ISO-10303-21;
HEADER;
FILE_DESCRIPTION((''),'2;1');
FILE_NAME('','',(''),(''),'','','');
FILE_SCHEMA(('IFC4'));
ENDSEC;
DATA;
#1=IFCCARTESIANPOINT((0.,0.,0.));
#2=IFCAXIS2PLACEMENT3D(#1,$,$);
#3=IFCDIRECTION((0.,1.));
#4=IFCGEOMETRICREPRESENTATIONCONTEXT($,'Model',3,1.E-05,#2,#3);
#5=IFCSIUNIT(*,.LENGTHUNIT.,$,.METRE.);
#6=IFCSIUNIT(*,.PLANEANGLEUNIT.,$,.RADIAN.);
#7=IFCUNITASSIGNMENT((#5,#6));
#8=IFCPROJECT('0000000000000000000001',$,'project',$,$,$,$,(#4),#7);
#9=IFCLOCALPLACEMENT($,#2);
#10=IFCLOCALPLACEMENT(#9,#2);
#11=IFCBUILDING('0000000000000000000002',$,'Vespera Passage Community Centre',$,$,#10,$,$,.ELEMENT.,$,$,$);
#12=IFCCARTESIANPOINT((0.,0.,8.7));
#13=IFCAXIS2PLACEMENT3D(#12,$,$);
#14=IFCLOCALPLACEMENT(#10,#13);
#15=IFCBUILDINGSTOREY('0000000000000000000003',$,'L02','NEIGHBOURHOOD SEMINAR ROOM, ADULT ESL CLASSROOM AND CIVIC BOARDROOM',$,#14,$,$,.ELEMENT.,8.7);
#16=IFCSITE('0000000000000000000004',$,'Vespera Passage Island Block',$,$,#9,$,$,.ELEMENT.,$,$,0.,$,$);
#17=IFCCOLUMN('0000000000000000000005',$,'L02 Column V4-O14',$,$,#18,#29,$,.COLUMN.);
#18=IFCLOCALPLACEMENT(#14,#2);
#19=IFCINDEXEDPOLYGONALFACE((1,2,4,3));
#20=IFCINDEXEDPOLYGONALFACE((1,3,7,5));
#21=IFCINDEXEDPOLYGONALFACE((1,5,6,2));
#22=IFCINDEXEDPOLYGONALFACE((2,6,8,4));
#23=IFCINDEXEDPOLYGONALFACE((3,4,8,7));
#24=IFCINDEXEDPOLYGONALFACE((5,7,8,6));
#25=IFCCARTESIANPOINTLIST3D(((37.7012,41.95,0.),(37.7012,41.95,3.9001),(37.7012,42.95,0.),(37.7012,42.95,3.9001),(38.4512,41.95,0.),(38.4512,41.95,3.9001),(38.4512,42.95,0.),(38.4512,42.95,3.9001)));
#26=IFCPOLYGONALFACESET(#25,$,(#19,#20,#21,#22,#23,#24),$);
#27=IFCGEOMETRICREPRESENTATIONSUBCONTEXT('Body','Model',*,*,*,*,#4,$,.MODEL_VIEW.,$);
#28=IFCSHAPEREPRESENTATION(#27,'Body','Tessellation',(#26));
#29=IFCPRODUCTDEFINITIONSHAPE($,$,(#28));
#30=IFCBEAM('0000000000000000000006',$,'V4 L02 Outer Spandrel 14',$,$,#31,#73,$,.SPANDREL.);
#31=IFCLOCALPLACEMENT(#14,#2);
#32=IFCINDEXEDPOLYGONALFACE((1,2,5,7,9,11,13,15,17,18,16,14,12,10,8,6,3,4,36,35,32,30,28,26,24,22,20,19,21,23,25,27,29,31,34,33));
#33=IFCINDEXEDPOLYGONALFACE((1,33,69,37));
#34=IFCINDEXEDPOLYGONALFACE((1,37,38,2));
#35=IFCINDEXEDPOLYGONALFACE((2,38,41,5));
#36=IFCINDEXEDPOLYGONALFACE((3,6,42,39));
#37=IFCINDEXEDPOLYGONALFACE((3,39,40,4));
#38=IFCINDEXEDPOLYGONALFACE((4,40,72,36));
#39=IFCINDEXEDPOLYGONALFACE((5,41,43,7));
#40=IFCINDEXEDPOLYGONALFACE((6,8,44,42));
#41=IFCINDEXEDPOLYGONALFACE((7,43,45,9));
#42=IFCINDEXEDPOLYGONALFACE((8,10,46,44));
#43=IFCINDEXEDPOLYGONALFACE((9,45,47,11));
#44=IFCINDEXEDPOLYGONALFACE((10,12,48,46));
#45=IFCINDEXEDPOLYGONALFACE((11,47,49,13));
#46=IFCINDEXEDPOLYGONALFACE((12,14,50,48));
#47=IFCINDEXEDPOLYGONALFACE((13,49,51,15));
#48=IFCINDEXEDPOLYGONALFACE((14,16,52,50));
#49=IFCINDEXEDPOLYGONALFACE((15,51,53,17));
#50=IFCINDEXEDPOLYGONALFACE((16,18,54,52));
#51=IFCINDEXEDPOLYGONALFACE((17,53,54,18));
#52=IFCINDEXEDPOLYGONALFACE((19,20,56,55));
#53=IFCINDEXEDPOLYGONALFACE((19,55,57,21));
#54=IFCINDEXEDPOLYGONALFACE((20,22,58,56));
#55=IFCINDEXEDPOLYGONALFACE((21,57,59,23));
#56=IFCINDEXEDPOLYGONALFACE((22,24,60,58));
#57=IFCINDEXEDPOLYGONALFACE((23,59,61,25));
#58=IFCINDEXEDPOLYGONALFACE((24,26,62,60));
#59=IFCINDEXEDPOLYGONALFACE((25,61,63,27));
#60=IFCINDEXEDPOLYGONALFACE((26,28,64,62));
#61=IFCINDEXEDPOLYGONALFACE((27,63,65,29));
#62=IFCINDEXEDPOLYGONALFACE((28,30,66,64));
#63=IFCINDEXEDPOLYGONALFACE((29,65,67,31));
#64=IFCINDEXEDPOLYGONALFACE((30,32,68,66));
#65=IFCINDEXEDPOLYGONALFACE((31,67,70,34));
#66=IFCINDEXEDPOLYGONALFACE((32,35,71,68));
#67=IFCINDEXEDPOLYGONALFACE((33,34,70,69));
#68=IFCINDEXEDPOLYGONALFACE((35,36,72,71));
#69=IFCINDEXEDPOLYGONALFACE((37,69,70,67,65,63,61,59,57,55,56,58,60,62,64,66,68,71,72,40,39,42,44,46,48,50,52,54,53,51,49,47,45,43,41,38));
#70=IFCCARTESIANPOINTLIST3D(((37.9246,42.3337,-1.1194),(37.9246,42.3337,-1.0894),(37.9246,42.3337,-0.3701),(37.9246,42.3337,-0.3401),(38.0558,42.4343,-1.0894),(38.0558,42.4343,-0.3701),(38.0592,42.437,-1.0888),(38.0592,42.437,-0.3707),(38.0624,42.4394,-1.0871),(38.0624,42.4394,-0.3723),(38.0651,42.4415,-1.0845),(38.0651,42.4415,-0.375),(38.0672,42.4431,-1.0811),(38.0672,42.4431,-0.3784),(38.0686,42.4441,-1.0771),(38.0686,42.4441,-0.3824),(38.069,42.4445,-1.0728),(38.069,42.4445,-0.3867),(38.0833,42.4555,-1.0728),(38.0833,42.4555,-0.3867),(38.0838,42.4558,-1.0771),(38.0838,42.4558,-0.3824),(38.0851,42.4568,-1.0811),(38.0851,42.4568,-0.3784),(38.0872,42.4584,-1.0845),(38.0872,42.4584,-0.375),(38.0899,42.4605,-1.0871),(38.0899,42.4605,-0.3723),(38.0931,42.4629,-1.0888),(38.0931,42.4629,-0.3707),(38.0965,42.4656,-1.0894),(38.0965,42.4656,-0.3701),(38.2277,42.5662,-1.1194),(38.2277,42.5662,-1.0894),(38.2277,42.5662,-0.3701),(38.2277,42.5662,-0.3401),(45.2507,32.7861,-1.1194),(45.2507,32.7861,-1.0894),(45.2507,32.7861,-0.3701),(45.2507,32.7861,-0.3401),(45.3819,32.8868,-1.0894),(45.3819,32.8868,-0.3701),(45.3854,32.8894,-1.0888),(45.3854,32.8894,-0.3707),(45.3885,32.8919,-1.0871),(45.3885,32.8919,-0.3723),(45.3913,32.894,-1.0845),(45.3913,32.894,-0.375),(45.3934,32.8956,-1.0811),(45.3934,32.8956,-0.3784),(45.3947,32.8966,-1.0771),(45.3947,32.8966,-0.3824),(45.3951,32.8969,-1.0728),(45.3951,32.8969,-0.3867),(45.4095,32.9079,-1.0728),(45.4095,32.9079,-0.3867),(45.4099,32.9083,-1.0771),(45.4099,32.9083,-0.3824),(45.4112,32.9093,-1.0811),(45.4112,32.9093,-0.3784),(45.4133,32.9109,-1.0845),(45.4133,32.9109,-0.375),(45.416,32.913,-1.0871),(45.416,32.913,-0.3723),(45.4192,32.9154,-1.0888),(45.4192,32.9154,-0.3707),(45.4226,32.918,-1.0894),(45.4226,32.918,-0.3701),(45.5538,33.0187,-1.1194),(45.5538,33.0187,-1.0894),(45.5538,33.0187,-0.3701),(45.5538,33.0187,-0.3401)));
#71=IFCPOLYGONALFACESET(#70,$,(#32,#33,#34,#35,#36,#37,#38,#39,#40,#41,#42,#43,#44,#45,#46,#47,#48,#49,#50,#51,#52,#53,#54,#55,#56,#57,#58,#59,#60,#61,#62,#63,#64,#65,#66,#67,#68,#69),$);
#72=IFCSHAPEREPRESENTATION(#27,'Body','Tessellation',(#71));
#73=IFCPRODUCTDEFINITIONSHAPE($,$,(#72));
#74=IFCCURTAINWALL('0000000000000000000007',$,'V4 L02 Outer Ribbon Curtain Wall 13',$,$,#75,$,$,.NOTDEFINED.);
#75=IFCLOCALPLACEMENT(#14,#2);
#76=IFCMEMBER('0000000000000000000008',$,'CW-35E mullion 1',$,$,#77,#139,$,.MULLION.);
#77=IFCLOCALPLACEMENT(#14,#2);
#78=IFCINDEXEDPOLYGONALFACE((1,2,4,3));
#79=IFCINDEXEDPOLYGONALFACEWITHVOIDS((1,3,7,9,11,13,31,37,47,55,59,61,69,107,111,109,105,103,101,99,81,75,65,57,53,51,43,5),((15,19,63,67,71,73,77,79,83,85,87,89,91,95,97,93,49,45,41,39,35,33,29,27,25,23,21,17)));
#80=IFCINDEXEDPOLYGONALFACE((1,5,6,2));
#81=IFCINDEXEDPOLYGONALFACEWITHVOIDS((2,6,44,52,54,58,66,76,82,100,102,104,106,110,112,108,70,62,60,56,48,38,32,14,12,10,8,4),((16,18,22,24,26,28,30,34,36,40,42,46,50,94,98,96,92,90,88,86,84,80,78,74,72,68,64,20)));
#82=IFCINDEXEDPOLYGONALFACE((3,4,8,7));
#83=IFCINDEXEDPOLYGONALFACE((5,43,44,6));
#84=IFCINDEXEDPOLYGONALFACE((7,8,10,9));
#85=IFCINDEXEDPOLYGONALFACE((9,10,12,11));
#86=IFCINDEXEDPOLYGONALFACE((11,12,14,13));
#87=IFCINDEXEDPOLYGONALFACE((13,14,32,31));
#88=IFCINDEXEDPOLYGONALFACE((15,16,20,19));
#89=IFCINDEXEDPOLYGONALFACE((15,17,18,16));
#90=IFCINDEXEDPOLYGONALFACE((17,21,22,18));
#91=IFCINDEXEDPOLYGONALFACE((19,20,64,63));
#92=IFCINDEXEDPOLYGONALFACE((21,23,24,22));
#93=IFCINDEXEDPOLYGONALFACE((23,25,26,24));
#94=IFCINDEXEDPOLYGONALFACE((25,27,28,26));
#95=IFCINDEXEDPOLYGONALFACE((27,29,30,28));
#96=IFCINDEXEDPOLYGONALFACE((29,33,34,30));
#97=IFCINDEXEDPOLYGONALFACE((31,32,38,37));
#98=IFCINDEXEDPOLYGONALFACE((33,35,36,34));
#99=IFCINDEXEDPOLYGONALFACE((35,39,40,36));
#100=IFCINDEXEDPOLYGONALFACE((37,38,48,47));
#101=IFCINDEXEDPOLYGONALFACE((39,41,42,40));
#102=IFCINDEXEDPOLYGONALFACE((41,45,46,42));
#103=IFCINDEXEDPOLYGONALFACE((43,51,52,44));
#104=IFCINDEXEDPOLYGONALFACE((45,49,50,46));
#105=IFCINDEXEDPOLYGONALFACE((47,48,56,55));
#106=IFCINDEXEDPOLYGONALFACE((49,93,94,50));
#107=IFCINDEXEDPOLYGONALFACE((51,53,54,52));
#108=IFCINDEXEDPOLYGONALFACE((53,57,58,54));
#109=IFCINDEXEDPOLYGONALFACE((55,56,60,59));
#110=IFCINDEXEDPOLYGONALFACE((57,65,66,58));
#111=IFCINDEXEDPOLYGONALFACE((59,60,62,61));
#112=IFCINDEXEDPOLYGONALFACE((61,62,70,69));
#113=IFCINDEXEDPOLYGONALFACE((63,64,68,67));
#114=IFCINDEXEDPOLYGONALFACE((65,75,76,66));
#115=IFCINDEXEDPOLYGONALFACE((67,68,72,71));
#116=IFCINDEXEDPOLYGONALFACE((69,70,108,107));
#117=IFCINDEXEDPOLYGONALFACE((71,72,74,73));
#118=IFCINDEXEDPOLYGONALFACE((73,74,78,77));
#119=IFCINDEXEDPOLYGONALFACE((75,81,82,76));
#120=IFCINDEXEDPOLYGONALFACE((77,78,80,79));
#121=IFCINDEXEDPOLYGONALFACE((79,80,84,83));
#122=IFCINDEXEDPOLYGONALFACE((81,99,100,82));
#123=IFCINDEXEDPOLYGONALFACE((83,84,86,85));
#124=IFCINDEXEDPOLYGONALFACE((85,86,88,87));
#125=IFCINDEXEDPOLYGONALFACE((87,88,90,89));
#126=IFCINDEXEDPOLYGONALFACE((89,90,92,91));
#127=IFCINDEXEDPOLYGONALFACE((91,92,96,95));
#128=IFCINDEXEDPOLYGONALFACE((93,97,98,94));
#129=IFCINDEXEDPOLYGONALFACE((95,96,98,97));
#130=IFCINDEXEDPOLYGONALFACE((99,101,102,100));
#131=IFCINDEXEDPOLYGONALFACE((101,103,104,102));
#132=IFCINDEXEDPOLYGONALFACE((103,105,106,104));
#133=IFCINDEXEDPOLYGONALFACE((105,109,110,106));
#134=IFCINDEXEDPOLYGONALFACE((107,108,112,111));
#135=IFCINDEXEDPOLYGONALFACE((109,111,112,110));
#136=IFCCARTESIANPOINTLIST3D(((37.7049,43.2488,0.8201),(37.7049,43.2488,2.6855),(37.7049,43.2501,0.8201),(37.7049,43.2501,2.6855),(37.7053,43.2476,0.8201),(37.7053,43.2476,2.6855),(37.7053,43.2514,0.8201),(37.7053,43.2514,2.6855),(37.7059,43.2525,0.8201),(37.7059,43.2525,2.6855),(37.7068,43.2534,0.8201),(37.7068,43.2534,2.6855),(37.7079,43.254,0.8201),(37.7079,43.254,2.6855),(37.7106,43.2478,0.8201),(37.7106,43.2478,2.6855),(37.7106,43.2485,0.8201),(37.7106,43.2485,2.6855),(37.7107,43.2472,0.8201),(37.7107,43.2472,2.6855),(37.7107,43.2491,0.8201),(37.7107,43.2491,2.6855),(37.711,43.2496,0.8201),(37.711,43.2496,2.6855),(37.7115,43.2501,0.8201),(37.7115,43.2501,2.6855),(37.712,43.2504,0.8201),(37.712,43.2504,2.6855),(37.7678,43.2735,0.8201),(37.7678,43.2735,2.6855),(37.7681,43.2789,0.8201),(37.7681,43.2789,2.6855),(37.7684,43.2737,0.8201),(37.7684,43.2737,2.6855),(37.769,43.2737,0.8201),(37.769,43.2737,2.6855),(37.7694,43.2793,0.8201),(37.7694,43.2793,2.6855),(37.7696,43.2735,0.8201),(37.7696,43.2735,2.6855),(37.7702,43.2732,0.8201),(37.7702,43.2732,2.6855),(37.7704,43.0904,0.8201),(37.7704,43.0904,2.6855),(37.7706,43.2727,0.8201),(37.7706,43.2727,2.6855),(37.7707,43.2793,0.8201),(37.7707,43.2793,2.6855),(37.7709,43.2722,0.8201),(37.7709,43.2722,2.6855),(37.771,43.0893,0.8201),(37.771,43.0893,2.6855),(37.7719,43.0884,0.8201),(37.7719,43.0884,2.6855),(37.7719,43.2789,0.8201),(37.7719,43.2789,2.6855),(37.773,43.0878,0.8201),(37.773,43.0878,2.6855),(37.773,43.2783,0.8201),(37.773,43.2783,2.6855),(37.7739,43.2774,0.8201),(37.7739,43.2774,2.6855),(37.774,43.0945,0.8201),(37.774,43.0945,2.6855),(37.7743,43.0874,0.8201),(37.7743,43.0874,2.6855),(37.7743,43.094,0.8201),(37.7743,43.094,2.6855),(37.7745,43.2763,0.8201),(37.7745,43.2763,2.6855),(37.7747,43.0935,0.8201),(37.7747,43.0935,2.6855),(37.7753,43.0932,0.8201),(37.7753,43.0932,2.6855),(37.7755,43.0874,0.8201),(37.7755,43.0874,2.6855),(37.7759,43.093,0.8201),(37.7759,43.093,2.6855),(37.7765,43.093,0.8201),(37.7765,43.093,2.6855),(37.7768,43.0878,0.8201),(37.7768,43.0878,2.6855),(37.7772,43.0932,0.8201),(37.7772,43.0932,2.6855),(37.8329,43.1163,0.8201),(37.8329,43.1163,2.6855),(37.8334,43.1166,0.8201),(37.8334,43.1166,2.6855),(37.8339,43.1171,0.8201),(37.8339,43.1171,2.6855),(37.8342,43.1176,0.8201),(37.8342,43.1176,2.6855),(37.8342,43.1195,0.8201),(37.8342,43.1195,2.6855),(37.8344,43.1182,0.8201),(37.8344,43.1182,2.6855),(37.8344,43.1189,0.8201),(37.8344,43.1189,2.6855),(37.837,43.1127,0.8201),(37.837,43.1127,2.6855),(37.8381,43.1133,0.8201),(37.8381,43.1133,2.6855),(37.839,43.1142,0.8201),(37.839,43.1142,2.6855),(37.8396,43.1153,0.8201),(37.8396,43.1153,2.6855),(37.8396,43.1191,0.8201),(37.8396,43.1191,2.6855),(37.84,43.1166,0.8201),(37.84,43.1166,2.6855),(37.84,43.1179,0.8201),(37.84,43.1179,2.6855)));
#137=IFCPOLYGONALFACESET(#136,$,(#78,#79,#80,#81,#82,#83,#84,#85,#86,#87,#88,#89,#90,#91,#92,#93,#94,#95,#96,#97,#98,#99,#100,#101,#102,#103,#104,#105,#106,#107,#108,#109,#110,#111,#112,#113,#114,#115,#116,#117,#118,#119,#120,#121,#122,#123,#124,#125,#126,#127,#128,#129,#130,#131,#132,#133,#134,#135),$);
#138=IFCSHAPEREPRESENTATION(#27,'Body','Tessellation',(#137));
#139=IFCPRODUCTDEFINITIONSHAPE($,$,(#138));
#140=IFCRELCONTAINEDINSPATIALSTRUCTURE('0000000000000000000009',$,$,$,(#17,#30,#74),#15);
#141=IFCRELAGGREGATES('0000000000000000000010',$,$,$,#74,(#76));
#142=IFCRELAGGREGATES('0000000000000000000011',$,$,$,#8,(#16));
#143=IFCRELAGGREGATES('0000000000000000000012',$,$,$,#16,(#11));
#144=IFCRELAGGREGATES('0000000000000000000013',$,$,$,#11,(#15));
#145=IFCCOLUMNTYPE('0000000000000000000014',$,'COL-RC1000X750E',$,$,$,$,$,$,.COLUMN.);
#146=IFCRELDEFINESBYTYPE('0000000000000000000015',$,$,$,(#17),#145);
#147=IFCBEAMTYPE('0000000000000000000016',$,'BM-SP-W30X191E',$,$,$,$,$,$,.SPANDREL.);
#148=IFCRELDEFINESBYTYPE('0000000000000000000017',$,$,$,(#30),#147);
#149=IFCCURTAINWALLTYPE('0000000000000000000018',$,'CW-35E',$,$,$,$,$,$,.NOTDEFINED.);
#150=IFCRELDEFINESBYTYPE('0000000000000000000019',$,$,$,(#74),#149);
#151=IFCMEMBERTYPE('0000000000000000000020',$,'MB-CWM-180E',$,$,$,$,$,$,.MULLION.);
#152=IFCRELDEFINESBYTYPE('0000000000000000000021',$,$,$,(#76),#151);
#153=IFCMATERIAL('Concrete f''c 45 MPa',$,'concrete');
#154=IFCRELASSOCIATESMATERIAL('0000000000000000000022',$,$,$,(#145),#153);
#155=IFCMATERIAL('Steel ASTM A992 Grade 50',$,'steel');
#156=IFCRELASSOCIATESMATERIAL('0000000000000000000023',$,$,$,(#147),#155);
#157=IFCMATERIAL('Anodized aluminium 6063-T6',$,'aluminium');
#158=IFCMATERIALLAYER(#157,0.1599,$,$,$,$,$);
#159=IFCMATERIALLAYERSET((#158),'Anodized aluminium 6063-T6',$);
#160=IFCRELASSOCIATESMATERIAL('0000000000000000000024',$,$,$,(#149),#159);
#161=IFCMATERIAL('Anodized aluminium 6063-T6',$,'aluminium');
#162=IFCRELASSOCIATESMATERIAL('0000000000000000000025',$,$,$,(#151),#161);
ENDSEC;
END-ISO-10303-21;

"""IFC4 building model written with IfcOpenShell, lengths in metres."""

from ifc_helpers import new_model, si_unit, direction, frame, origin, origin_2d, place, context, subcontext, project, spatial, rectangle, hollow_rectangle, i_section, extrude, material, layer, layer_set, material_profile, profile_set, type_object, element, aggregate, save


model = new_model("IFC4")

# Units and contexts
model_context = context("Model", 3, precision=1e-05, world=origin(), true_north=direction((0.0, 1.0)))
body_context = subcontext(model_context, "Body", "Model", "MODEL_VIEW")
ifc_project = project(units=[si_unit("LENGTHUNIT", "METRE"), si_unit("PLANEANGLEUNIT", "RADIAN")], contexts=[model_context])

# Site, building, storey
site_placement = place(None, origin())
site = spatial("IfcSite", under=ifc_project, at=site_placement, Name="Vespera Passage Island Block", CompositionType="ELEMENT", RefElevation=0.0)
building_placement = place(site_placement, origin())
building = spatial("IfcBuilding", under=site, at=building_placement, Name="Vespera Passage Community Centre", CompositionType="ELEMENT")
storey_placement = place(building_placement, frame((0.0, 0.0, 8.7)))
storey = spatial("IfcBuildingStorey", under=building, at=storey_placement, Name="L02", Description="NEIGHBOURHOOD SEMINAR ROOM, ADULT ESL CLASSROOM AND CIVIC BOARDROOM", CompositionType="ELEMENT", Elevation=8.7)

# Column
ifc_material_1 = material(Name="Concrete f'c 45 MPa", Category="concrete")
ifc_material_profile_1 = material_profile(ifc_material_1, rectangle(XDim=0.75, YDim=1.0, at=origin_2d()), Name="RC1000X750")
ifc_profile_set_1 = profile_set([ifc_material_profile_1], Name="Concrete f'c 45 MPa")
column_type = type_object("IfcColumnType", Name="COL-RC1000X750E", PredefinedType="COLUMN", material=ifc_profile_set_1)
column_placement = place(storey_placement, frame((38.0762, 42.45, 0.0), z_axis=(0.0, 0.0, 1.0), x_axis=(1.0, 0.0, 0.0)))
element("IfcColumn", 1, at=column_placement, inside=storey, type_object=column_type, Name="L02 Column V4-O14", PredefinedType="COLUMN", context=body_context, shape_type="SweptSolid", body=[
    extrude(rectangle(XDim=0.75, YDim=1.0, at=origin_2d()), origin(), (0.0, 0.0, 1.0), 3.9001),
])

# Beam
ifc_material_2 = material(Name="Steel ASTM A992 Grade 50", Category="steel")
ifc_material_profile_2 = material_profile(ifc_material_2, i_section(OverallWidth=0.3821, OverallDepth=0.7793, WebThickness=0.0181, FlangeThickness=0.03, FilletRadius=0.0166, at=origin_2d()), Name="W30X191")
ifc_profile_set_2 = profile_set([ifc_material_profile_2], Name="Steel ASTM A992 Grade 50")
beam_type = type_object("IfcBeamType", Name="BM-SP-W30X191E", PredefinedType="SPANDREL", material=ifc_profile_set_2)
beam_placement = place(storey_placement, frame((38.0762, 42.45, -0.7297), z_axis=(0.608763, -0.793352, 0.0), x_axis=(0.793352, 0.608763, 0.0)))
element("IfcBeam", 2, at=beam_placement, inside=storey, type_object=beam_type, Name="V4 L02 Outer Spandrel 14", PredefinedType="SPANDREL", context=body_context, shape_type="SweptSolid", body=[
    extrude(i_section(OverallWidth=0.3821, OverallDepth=0.7793, WebThickness=0.0181, FlangeThickness=0.03, FilletRadius=0.0166, at=origin_2d()), origin(), (0.0, 0.0, 1.0), 12.0344),
])

# Curtain wall, member
ifc_material_3 = material(Name="Anodized aluminium 6063-T6", Category="aluminium")
ifc_layer_1 = layer(ifc_material_3, 0.1599)
ifc_layer_set_1 = layer_set([ifc_layer_1], Name="Anodized aluminium 6063-T6")
curtain_wall_type_1 = type_object("IfcCurtainWallType", Name="CW-35E", PredefinedType="NOTDEFINED", material=ifc_layer_set_1)
curtain_wall_1_placement = place(storey_placement, origin())
curtain_wall_1 = element("IfcCurtainWall", 3, at=curtain_wall_1_placement, inside=storey, type_object=curtain_wall_type_1, Name="V4 L02 Outer Ribbon Curtain Wall 13", PredefinedType="NOTDEFINED")
ifc_material_4 = material(Name="Anodized aluminium 6063-T6", Category="aluminium")
ifc_material_profile_3 = material_profile(ifc_material_4, hollow_rectangle(XDim=0.075, YDim=0.1799, WallThickness=0.0049, InnerFilletRadius=0.0024, OuterFilletRadius=0.0049, at=origin_2d()), Name="ALU180X75X5")
ifc_profile_set_3 = profile_set([ifc_material_profile_3], Name="Anodized aluminium 6063-T6")
member_type_1 = type_object("IfcMemberType", Name="MB-CWM-180E", PredefinedType="MULLION", material=ifc_profile_set_3)
member_1_placement = place(storey_placement, frame((37.7725, 43.1833, 0.8201), z_axis=(0.0, 0.0, 1.0), x_axis=(-0.923881, -0.382679, 0.0)))
member_1 = element("IfcMember", 4, at=member_1_placement, type_object=member_type_1, Name="CW-35E mullion 1", PredefinedType="MULLION", context=body_context, shape_type="SweptSolid", body=[
    extrude(hollow_rectangle(XDim=0.075, YDim=0.1799, WallThickness=0.0049, InnerFilletRadius=0.0024, OuterFilletRadius=0.0049, at=origin_2d()), origin(), (0.0, 0.0, 1.0), 1.8655),
])

aggregate(curtain_wall_1, [member_1])

save(model, "model.ifc")
